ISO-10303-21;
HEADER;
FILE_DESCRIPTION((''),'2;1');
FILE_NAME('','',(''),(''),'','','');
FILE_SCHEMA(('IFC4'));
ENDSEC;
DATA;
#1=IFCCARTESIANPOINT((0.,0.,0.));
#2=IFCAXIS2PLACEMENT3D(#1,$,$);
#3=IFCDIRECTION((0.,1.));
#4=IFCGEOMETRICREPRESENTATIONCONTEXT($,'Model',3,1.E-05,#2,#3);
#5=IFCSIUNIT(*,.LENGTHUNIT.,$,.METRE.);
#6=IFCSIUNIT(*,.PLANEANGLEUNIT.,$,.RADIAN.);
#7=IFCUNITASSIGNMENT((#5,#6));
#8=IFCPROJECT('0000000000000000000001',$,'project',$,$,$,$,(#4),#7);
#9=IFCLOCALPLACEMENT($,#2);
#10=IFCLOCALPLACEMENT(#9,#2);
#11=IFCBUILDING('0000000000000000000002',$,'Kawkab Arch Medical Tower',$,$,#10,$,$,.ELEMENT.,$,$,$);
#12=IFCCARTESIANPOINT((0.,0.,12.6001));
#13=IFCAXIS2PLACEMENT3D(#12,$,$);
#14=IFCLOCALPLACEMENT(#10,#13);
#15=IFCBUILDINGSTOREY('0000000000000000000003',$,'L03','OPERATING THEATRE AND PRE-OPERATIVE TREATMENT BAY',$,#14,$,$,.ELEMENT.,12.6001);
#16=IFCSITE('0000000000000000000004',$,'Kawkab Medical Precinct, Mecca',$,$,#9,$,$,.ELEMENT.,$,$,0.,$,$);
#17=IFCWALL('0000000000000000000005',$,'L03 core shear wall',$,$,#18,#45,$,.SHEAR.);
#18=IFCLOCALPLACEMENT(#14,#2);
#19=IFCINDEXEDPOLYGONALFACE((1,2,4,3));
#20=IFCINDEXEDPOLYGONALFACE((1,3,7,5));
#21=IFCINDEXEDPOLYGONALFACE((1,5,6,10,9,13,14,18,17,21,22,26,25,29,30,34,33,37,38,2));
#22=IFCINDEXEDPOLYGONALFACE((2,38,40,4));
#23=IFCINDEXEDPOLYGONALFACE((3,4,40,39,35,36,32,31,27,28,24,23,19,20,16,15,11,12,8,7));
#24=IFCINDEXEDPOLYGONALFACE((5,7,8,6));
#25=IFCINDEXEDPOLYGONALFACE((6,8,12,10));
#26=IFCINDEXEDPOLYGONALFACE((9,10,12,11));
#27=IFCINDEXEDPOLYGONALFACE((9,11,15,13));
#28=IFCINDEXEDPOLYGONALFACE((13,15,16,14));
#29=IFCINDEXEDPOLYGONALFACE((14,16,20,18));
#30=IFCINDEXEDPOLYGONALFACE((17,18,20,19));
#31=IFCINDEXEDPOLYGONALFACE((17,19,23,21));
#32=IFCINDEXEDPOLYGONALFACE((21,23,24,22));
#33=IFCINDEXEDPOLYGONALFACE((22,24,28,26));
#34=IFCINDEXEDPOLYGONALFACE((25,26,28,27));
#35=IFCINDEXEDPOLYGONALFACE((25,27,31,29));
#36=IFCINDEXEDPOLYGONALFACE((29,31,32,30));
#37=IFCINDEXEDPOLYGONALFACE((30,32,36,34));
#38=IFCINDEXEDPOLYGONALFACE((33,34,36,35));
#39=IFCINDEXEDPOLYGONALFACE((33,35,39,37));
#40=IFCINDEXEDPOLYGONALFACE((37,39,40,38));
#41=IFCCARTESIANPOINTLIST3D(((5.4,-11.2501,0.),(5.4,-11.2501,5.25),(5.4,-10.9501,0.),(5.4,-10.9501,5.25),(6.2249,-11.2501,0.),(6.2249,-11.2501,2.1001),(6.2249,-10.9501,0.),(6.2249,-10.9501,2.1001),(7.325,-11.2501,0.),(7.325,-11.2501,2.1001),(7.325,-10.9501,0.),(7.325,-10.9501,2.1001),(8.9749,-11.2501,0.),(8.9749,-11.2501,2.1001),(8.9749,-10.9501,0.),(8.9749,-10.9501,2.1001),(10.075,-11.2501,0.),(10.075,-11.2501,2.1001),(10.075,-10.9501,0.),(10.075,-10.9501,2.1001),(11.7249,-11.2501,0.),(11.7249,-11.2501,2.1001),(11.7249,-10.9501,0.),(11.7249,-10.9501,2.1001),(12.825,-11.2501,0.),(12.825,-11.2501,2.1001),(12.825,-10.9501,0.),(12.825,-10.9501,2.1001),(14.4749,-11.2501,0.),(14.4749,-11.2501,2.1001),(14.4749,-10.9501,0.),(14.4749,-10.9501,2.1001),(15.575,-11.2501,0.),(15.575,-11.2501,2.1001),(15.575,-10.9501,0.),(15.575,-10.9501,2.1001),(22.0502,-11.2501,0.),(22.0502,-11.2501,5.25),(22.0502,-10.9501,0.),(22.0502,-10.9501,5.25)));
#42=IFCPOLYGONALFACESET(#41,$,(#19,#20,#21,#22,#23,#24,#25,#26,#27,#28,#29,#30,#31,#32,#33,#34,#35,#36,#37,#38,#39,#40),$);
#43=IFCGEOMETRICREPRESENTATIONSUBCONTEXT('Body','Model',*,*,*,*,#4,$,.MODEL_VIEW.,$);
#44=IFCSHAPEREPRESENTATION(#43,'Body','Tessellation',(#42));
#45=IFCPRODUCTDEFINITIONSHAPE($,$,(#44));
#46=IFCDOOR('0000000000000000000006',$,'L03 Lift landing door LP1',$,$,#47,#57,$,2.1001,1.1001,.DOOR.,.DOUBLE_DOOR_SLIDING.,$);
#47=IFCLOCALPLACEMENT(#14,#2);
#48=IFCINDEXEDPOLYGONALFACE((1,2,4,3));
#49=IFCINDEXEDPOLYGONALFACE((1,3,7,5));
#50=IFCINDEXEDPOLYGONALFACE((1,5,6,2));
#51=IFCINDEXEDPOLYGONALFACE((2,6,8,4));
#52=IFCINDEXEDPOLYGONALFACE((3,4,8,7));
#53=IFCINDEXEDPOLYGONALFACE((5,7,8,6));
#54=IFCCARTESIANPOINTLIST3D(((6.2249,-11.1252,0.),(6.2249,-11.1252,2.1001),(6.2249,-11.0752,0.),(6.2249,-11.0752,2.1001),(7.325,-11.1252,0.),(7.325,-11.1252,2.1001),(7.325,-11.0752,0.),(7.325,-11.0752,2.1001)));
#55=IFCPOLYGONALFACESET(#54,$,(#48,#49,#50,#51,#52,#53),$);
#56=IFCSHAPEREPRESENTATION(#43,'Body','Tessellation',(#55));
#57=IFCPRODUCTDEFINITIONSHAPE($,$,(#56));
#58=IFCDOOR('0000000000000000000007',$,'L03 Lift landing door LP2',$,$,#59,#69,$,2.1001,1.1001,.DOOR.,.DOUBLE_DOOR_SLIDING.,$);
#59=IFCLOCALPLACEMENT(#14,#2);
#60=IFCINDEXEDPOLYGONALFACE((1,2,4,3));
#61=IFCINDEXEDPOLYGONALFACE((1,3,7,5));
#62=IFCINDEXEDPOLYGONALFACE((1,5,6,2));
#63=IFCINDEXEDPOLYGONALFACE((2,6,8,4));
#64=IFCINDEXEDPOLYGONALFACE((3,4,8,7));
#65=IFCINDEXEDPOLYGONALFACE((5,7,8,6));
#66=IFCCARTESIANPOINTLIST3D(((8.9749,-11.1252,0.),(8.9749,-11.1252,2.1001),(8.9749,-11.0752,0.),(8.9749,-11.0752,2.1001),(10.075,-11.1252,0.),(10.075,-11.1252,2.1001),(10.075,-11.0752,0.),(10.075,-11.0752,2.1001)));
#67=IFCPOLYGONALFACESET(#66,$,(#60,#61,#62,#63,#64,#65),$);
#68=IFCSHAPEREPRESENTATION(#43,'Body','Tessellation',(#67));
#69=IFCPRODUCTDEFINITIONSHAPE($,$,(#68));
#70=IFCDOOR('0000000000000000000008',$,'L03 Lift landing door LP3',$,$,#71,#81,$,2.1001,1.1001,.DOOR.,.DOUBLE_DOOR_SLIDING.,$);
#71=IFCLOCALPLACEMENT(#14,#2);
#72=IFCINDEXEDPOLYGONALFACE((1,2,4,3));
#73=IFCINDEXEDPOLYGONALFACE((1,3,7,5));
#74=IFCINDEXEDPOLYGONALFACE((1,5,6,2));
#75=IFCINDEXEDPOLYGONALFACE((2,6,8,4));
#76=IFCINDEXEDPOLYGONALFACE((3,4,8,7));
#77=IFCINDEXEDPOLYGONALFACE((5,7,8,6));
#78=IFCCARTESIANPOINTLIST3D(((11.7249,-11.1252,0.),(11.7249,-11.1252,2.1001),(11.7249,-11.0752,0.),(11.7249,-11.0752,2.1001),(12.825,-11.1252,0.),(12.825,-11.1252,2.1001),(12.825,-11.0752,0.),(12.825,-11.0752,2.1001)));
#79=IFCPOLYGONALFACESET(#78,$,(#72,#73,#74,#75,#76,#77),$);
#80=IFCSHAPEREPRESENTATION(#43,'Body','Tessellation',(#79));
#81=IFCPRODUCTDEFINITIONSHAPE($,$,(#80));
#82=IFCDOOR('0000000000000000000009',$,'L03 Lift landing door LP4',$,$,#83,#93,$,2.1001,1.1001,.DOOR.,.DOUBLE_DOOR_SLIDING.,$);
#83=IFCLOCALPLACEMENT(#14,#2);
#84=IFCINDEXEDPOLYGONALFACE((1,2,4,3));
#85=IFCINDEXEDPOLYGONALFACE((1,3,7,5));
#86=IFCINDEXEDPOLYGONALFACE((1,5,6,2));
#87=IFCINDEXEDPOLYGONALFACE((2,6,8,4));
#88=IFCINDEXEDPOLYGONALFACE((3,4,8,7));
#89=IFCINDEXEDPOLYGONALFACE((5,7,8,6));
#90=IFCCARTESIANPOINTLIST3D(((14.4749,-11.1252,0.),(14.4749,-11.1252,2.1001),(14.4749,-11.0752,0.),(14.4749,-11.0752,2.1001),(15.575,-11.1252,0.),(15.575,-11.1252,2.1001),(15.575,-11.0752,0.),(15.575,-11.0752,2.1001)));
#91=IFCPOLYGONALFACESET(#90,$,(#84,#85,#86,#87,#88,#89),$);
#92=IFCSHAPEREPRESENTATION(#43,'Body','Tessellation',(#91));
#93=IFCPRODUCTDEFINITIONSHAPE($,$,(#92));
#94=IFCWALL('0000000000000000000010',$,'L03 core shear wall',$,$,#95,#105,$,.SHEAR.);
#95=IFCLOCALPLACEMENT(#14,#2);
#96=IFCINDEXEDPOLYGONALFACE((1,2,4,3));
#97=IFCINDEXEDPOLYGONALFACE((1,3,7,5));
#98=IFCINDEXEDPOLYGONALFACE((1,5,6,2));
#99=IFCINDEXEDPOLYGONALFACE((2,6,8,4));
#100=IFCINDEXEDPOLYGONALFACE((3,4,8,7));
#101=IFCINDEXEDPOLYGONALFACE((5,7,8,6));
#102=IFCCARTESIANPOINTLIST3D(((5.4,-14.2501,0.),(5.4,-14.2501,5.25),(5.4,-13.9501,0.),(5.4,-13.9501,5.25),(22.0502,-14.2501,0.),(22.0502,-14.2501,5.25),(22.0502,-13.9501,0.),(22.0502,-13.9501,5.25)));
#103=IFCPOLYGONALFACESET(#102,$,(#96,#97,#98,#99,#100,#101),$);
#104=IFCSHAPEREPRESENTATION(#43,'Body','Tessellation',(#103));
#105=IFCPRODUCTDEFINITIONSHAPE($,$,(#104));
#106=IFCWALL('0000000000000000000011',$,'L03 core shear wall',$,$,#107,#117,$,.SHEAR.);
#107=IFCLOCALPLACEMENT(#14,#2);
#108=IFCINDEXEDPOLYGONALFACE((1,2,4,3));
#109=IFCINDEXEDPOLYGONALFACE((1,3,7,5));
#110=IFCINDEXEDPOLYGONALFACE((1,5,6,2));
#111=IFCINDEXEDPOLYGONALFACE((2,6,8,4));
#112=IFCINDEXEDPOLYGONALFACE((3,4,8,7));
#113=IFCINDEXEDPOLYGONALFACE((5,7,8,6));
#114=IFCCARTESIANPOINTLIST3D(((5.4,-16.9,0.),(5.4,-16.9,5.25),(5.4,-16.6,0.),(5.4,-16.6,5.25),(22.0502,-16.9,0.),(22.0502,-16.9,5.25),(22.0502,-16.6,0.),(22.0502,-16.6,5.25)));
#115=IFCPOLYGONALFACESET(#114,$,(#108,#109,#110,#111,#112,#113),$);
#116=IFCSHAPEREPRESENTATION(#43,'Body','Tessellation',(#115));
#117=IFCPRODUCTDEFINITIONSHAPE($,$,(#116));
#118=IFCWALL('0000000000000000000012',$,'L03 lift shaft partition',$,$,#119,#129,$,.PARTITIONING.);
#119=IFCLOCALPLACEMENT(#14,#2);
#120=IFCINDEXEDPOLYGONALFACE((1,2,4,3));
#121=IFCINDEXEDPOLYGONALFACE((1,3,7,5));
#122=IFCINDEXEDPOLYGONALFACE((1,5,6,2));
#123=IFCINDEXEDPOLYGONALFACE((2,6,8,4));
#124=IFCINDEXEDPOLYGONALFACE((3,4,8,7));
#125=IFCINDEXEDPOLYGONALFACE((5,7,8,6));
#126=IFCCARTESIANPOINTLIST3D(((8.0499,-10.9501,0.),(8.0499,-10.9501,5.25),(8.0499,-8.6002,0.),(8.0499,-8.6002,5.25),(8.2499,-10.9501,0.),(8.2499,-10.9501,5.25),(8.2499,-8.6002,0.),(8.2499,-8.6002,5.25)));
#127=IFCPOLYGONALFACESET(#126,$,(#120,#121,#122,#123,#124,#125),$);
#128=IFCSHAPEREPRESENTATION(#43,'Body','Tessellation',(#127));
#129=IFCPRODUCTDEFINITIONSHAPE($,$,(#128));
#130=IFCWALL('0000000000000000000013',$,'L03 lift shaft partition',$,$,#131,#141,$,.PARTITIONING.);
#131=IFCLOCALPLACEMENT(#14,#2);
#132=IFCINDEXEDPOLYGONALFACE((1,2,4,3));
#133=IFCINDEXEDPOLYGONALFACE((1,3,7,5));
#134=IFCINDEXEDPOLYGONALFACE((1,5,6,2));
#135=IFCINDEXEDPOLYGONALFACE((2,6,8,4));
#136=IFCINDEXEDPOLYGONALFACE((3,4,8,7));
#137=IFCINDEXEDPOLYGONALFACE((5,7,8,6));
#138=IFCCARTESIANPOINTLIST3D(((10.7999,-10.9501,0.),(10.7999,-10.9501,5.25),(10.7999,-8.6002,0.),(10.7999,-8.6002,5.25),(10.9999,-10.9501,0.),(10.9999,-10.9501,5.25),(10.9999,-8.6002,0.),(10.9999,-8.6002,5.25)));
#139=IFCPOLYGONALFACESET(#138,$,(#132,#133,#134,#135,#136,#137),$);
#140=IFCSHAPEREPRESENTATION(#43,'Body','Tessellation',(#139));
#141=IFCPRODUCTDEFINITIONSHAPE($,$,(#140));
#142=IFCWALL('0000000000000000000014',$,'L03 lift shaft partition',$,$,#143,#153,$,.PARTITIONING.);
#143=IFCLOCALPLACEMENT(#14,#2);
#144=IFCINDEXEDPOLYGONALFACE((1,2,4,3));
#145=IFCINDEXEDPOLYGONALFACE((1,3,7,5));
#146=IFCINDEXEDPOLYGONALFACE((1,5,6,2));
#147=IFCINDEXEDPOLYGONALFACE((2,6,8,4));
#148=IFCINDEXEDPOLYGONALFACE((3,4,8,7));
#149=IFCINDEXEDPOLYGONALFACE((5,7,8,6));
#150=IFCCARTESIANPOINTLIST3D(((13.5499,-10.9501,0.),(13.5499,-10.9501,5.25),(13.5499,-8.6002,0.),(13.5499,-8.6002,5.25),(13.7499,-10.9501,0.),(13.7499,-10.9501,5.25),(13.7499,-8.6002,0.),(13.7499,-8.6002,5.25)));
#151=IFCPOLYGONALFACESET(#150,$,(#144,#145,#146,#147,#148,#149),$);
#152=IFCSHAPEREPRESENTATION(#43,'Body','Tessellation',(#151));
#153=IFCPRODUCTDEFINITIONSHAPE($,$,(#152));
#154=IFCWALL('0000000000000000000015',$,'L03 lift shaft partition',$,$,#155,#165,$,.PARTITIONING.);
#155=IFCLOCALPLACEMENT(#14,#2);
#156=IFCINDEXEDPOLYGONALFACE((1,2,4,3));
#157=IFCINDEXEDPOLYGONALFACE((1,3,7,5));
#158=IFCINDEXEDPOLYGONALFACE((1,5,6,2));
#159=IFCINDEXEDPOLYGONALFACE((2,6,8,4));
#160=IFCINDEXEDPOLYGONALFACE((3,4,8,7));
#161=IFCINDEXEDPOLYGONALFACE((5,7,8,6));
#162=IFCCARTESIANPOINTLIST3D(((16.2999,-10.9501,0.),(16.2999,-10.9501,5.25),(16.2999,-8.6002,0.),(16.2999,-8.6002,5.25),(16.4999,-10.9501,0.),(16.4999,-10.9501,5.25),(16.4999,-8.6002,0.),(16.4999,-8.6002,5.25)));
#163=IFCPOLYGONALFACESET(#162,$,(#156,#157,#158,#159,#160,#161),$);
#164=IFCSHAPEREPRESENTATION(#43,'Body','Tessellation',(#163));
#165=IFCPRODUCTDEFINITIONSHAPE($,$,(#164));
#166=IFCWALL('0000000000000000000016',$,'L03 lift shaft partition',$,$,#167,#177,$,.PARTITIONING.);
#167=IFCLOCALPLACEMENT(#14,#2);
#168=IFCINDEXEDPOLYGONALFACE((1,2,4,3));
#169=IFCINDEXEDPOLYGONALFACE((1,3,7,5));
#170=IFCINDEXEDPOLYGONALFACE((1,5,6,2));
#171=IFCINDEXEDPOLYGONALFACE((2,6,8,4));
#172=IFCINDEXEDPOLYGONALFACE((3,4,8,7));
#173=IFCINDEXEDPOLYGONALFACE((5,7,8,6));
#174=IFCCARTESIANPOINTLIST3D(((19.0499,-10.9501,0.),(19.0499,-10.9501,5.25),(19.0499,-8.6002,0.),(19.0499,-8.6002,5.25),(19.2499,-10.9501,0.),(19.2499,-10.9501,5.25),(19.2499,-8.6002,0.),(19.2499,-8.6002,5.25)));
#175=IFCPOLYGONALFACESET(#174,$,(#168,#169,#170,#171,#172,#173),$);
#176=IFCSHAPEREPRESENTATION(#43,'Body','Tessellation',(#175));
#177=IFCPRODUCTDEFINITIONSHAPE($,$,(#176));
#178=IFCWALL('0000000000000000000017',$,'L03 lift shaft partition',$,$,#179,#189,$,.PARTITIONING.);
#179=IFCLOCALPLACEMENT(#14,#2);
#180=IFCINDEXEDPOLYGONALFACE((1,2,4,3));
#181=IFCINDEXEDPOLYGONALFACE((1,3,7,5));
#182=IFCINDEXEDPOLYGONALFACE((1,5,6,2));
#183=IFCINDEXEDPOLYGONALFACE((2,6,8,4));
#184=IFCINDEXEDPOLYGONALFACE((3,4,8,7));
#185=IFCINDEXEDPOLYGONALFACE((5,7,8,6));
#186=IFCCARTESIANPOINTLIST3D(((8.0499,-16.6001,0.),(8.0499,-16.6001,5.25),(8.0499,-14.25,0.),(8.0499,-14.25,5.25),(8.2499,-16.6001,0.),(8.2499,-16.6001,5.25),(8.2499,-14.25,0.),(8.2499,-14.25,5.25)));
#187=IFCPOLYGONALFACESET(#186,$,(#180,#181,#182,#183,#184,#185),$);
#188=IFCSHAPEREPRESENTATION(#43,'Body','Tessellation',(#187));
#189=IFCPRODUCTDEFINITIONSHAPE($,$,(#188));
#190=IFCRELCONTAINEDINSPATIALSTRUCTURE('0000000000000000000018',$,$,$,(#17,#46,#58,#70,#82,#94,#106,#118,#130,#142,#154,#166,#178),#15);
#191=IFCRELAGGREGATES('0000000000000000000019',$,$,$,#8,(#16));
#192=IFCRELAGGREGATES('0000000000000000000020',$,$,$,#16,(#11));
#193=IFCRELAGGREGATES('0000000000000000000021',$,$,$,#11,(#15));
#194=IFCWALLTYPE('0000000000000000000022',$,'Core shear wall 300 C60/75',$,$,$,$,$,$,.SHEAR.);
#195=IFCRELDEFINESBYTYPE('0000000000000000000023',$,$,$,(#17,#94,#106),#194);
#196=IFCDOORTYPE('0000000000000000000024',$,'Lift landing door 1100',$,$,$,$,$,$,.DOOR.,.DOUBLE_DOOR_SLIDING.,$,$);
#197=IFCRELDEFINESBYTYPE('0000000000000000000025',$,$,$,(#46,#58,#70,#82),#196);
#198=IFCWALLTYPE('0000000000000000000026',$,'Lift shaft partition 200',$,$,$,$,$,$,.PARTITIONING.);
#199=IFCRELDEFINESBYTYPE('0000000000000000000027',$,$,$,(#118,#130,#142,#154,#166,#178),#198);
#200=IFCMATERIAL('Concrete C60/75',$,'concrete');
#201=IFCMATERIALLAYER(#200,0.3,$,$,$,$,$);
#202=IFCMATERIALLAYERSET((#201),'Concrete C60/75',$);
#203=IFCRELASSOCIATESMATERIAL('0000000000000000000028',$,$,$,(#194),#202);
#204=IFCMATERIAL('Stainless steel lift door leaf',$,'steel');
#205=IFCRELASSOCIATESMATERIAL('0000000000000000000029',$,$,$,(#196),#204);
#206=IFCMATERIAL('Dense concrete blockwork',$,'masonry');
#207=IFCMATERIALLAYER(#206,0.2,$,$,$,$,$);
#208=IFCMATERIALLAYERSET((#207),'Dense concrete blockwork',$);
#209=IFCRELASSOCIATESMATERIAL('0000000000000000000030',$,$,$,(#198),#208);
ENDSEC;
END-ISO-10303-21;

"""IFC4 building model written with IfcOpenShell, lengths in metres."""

from ifc_helpers import new_model, si_unit, direction, frame, frame_2d, origin, place, context, subcontext, project, spatial, rectangle, extrude, material, layer, layer_set, type_object, element, fill, save


model = new_model("IFC4")

# Units and contexts
model_context = context("Model", 3, precision=1e-05, world=origin(), true_north=direction((0.0, 1.0)))
body_context = subcontext(model_context, "Body", "Model", "MODEL_VIEW")
ifc_project = project(units=[si_unit("LENGTHUNIT", "METRE"), si_unit("PLANEANGLEUNIT", "RADIAN")], contexts=[model_context])

# Site, building, storey
site_placement = place(None, origin())
site = spatial("IfcSite", under=ifc_project, at=site_placement, Name="Kawkab Medical Precinct, Mecca", CompositionType="ELEMENT", RefElevation=0.0)
building_placement = place(site_placement, origin())
building = spatial("IfcBuilding", under=site, at=building_placement, Name="Kawkab Arch Medical Tower", CompositionType="ELEMENT")
storey_placement = place(building_placement, frame((0.0, 0.0, 12.6001)))
storey = spatial("IfcBuildingStorey", under=building, at=storey_placement, Name="L03", Description="OPERATING THEATRE AND PRE-OPERATIVE TREATMENT BAY", CompositionType="ELEMENT", Elevation=12.6001)

# Shared definitions
ifc_material_1 = material(Name="Concrete C60/75", Category="concrete")
ifc_layer_1 = layer(ifc_material_1, 0.3)
ifc_layer_set_1 = layer_set([ifc_layer_1], Name="Concrete C60/75")
wall_type_1 = type_object("IfcWallType", Name="Core shear wall 300 C60/75", PredefinedType="SHEAR", material=ifc_layer_set_1)

# Wall, openings, doors
wall_1_placement = place(storey_placement, frame((5.3999, -11.1001, 0.0), z_axis=(0.0, 0.0, 1.0), x_axis=(1.0, 0.0, 0.0)))
wall_1 = element("IfcWall", 1, at=wall_1_placement, inside=storey, type_object=wall_type_1, Name="L03 core shear wall", PredefinedType="SHEAR", context=body_context, shape_type="SweptSolid", body=[
    extrude(rectangle(XDim=16.6501, YDim=0.3, at=frame_2d((8.3252, 0.0))), origin(), (0.0, 0.0, 1.0), 5.25),
])
opening_1_placement = place(wall_1_placement, frame((0.825, 0.0, 0.0)))
opening_1 = element("IfcOpeningElement", 2, at=opening_1_placement, cuts=wall_1, PredefinedType="OPENING", context=body_context, shape_type="SweptSolid", body=[
    extrude(rectangle(XDim=1.1001, YDim=2.1001, at=frame_2d((0.55, 1.05))), frame((0.0, 0.1599, 0.0), z_axis=(0.0, -1.0, 0.0), x_axis=(1.0, 0.0, 0.0)), (0.0, 0.0, 1.0), 0.3201),
])
opening_2_placement = place(wall_1_placement, frame((3.575, 0.0, 0.0)))
opening_2 = element("IfcOpeningElement", 3, at=opening_2_placement, cuts=wall_1, PredefinedType="OPENING", context=body_context, shape_type="SweptSolid", body=[
    extrude(rectangle(XDim=1.1001, YDim=2.1001, at=frame_2d((0.55, 1.05))), frame((0.0, 0.1599, 0.0), z_axis=(0.0, -1.0, 0.0), x_axis=(1.0, 0.0, 0.0)), (0.0, 0.0, 1.0), 0.3201),
])
opening_3_placement = place(wall_1_placement, frame((6.325, 0.0, 0.0)))
opening_3 = element("IfcOpeningElement", 4, at=opening_3_placement, cuts=wall_1, PredefinedType="OPENING", context=body_context, shape_type="SweptSolid", body=[
    extrude(rectangle(XDim=1.1001, YDim=2.1001, at=frame_2d((0.55, 1.05))), frame((0.0, 0.1599, 0.0), z_axis=(0.0, -1.0, 0.0), x_axis=(1.0, 0.0, 0.0)), (0.0, 0.0, 1.0), 0.3201),
])
opening_4_placement = place(wall_1_placement, frame((9.075, 0.0, 0.0)))
opening_4 = element("IfcOpeningElement", 5, at=opening_4_placement, cuts=wall_1, PredefinedType="OPENING", context=body_context, shape_type="SweptSolid", body=[
    extrude(rectangle(XDim=1.1001, YDim=2.1001, at=frame_2d((0.55, 1.05))), frame((0.0, 0.1599, 0.0), z_axis=(0.0, -1.0, 0.0), x_axis=(1.0, 0.0, 0.0)), (0.0, 0.0, 1.0), 0.3201),
])
ifc_material_2 = material(Name="Stainless steel lift door leaf", Category="steel")
door_type_1 = type_object("IfcDoorType", Name="Lift landing door 1100", OperationType="DOUBLE_DOOR_SLIDING", PredefinedType="DOOR", material=ifc_material_2)
door_1_placement = place(opening_1_placement, origin())
door_1 = element("IfcDoor", 6, at=door_1_placement, inside=storey, type_object=door_type_1, Name="L03 Lift landing door LP1", OperationType="DOUBLE_DOOR_SLIDING", OverallHeight=2.1001, OverallWidth=1.1001, PredefinedType="DOOR", context=body_context, shape_type="SweptSolid", body=[
    extrude(rectangle(XDim=1.1001, YDim=2.1001, at=frame_2d((0.55, 1.05))), frame((0.0, 0.0249, 0.0), z_axis=(0.0, -1.0, 0.0), x_axis=(1.0, 0.0, 0.0)), (0.0, 0.0, 1.0), 0.05),
])
fill(opening_1, door_1)
door_2_placement = place(opening_2_placement, origin())
door_2 = element("IfcDoor", 7, at=door_2_placement, inside=storey, type_object=door_type_1, Name="L03 Lift landing door LP2", OperationType="DOUBLE_DOOR_SLIDING", OverallHeight=2.1001, OverallWidth=1.1001, PredefinedType="DOOR", context=body_context, shape_type="SweptSolid", body=[
    extrude(rectangle(XDim=1.1001, YDim=2.1001, at=frame_2d((0.55, 1.05))), frame((0.0, 0.0249, 0.0), z_axis=(0.0, -1.0, 0.0), x_axis=(1.0, 0.0, 0.0)), (0.0, 0.0, 1.0), 0.05),
])
fill(opening_2, door_2)
door_3_placement = place(opening_3_placement, origin())
door_3 = element("IfcDoor", 8, at=door_3_placement, inside=storey, type_object=door_type_1, Name="L03 Lift landing door LP3", OperationType="DOUBLE_DOOR_SLIDING", OverallHeight=2.1001, OverallWidth=1.1001, PredefinedType="DOOR", context=body_context, shape_type="SweptSolid", body=[
    extrude(rectangle(XDim=1.1001, YDim=2.1001, at=frame_2d((0.55, 1.05))), frame((0.0, 0.0249, 0.0), z_axis=(0.0, -1.0, 0.0), x_axis=(1.0, 0.0, 0.0)), (0.0, 0.0, 1.0), 0.05),
])
fill(opening_3, door_3)
door_4_placement = place(opening_4_placement, origin())
door_4 = element("IfcDoor", 9, at=door_4_placement, inside=storey, type_object=door_type_1, Name="L03 Lift landing door LP4", OperationType="DOUBLE_DOOR_SLIDING", OverallHeight=2.1001, OverallWidth=1.1001, PredefinedType="DOOR", context=body_context, shape_type="SweptSolid", body=[
    extrude(rectangle(XDim=1.1001, YDim=2.1001, at=frame_2d((0.55, 1.05))), frame((0.0, 0.0249, 0.0), z_axis=(0.0, -1.0, 0.0), x_axis=(1.0, 0.0, 0.0)), (0.0, 0.0, 1.0), 0.05),
])
fill(opening_4, door_4)

# Walls
for number, where, z_axis, x_axis, name in (
    (10, (5.3999, -14.1001, 0.0), (0.0, 0.0, 1.0), (1.0, 0.0, 0.0), "L03 core shear wall"),
    (11, (5.3999, -16.75, 0.0), (0.0, 0.0, 1.0), (1.0, 0.0, 0.0), "L03 core shear wall"),
):
    element("IfcWall", number, at=place(storey_placement, frame(where, z_axis=z_axis, x_axis=x_axis)), inside=storey, type_object=wall_type_1, Name=name, PredefinedType="SHEAR", context=body_context, shape_type="SweptSolid", body=[
        extrude(rectangle(XDim=16.6501, YDim=0.3, at=frame_2d((8.3252, 0.0))), origin(), (0.0, 0.0, 1.0), 5.25),
    ])
ifc_material_3 = material(Name="Dense concrete blockwork", Category="masonry")
ifc_layer_2 = layer(ifc_material_3, 0.2)
ifc_layer_set_2 = layer_set([ifc_layer_2], Name="Dense concrete blockwork")
wall_type_2 = type_object("IfcWallType", Name="Lift shaft partition 200", PredefinedType="PARTITIONING", material=ifc_layer_set_2)
for number, where, z_axis, x_axis, name in (
    (12, (8.1499, -10.95, 0.0), (0.0, 0.0, 1.0), (0.0, 1.0, 0.0), "L03 lift shaft partition"),
    (13, (10.8999, -10.95, 0.0), (0.0, 0.0, 1.0), (0.0, 1.0, 0.0), "L03 lift shaft partition"),
    (14, (13.6499, -10.95, 0.0), (0.0, 0.0, 1.0), (0.0, 1.0, 0.0), "L03 lift shaft partition"),
    (15, (16.3999, -10.95, 0.0), (0.0, 0.0, 1.0), (0.0, 1.0, 0.0), "L03 lift shaft partition"),
    (16, (19.1499, -10.95, 0.0), (0.0, 0.0, 1.0), (0.0, 1.0, 0.0), "L03 lift shaft partition"),
):
    element("IfcWall", number, at=place(storey_placement, frame(where, z_axis=z_axis, x_axis=x_axis)), inside=storey, type_object=wall_type_2, Name=name, PredefinedType="PARTITIONING", context=body_context, shape_type="SweptSolid", body=[
        extrude(rectangle(XDim=2.3499, YDim=0.2, at=frame_2d((1.1748, 0.0))), origin(), (0.0, 0.0, 1.0), 5.25),
    ])
for number, where, z_axis, x_axis, name in (
    (17, (8.1499, -16.6001, 0.0), (0.0, 0.0, 1.0), (0.0, 1.0, 0.0), "L03 lift shaft partition"),
):
    element("IfcWall", number, at=place(storey_placement, frame(where, z_axis=z_axis, x_axis=x_axis)), inside=storey, type_object=wall_type_2, Name=name, PredefinedType="PARTITIONING", context=body_context, shape_type="SweptSolid", body=[
        extrude(rectangle(XDim=2.3501, YDim=0.2, at=frame_2d((1.175, 0.0))), origin(), (0.0, 0.0, 1.0), 5.25),
    ])

save(model, "model.ifc")
